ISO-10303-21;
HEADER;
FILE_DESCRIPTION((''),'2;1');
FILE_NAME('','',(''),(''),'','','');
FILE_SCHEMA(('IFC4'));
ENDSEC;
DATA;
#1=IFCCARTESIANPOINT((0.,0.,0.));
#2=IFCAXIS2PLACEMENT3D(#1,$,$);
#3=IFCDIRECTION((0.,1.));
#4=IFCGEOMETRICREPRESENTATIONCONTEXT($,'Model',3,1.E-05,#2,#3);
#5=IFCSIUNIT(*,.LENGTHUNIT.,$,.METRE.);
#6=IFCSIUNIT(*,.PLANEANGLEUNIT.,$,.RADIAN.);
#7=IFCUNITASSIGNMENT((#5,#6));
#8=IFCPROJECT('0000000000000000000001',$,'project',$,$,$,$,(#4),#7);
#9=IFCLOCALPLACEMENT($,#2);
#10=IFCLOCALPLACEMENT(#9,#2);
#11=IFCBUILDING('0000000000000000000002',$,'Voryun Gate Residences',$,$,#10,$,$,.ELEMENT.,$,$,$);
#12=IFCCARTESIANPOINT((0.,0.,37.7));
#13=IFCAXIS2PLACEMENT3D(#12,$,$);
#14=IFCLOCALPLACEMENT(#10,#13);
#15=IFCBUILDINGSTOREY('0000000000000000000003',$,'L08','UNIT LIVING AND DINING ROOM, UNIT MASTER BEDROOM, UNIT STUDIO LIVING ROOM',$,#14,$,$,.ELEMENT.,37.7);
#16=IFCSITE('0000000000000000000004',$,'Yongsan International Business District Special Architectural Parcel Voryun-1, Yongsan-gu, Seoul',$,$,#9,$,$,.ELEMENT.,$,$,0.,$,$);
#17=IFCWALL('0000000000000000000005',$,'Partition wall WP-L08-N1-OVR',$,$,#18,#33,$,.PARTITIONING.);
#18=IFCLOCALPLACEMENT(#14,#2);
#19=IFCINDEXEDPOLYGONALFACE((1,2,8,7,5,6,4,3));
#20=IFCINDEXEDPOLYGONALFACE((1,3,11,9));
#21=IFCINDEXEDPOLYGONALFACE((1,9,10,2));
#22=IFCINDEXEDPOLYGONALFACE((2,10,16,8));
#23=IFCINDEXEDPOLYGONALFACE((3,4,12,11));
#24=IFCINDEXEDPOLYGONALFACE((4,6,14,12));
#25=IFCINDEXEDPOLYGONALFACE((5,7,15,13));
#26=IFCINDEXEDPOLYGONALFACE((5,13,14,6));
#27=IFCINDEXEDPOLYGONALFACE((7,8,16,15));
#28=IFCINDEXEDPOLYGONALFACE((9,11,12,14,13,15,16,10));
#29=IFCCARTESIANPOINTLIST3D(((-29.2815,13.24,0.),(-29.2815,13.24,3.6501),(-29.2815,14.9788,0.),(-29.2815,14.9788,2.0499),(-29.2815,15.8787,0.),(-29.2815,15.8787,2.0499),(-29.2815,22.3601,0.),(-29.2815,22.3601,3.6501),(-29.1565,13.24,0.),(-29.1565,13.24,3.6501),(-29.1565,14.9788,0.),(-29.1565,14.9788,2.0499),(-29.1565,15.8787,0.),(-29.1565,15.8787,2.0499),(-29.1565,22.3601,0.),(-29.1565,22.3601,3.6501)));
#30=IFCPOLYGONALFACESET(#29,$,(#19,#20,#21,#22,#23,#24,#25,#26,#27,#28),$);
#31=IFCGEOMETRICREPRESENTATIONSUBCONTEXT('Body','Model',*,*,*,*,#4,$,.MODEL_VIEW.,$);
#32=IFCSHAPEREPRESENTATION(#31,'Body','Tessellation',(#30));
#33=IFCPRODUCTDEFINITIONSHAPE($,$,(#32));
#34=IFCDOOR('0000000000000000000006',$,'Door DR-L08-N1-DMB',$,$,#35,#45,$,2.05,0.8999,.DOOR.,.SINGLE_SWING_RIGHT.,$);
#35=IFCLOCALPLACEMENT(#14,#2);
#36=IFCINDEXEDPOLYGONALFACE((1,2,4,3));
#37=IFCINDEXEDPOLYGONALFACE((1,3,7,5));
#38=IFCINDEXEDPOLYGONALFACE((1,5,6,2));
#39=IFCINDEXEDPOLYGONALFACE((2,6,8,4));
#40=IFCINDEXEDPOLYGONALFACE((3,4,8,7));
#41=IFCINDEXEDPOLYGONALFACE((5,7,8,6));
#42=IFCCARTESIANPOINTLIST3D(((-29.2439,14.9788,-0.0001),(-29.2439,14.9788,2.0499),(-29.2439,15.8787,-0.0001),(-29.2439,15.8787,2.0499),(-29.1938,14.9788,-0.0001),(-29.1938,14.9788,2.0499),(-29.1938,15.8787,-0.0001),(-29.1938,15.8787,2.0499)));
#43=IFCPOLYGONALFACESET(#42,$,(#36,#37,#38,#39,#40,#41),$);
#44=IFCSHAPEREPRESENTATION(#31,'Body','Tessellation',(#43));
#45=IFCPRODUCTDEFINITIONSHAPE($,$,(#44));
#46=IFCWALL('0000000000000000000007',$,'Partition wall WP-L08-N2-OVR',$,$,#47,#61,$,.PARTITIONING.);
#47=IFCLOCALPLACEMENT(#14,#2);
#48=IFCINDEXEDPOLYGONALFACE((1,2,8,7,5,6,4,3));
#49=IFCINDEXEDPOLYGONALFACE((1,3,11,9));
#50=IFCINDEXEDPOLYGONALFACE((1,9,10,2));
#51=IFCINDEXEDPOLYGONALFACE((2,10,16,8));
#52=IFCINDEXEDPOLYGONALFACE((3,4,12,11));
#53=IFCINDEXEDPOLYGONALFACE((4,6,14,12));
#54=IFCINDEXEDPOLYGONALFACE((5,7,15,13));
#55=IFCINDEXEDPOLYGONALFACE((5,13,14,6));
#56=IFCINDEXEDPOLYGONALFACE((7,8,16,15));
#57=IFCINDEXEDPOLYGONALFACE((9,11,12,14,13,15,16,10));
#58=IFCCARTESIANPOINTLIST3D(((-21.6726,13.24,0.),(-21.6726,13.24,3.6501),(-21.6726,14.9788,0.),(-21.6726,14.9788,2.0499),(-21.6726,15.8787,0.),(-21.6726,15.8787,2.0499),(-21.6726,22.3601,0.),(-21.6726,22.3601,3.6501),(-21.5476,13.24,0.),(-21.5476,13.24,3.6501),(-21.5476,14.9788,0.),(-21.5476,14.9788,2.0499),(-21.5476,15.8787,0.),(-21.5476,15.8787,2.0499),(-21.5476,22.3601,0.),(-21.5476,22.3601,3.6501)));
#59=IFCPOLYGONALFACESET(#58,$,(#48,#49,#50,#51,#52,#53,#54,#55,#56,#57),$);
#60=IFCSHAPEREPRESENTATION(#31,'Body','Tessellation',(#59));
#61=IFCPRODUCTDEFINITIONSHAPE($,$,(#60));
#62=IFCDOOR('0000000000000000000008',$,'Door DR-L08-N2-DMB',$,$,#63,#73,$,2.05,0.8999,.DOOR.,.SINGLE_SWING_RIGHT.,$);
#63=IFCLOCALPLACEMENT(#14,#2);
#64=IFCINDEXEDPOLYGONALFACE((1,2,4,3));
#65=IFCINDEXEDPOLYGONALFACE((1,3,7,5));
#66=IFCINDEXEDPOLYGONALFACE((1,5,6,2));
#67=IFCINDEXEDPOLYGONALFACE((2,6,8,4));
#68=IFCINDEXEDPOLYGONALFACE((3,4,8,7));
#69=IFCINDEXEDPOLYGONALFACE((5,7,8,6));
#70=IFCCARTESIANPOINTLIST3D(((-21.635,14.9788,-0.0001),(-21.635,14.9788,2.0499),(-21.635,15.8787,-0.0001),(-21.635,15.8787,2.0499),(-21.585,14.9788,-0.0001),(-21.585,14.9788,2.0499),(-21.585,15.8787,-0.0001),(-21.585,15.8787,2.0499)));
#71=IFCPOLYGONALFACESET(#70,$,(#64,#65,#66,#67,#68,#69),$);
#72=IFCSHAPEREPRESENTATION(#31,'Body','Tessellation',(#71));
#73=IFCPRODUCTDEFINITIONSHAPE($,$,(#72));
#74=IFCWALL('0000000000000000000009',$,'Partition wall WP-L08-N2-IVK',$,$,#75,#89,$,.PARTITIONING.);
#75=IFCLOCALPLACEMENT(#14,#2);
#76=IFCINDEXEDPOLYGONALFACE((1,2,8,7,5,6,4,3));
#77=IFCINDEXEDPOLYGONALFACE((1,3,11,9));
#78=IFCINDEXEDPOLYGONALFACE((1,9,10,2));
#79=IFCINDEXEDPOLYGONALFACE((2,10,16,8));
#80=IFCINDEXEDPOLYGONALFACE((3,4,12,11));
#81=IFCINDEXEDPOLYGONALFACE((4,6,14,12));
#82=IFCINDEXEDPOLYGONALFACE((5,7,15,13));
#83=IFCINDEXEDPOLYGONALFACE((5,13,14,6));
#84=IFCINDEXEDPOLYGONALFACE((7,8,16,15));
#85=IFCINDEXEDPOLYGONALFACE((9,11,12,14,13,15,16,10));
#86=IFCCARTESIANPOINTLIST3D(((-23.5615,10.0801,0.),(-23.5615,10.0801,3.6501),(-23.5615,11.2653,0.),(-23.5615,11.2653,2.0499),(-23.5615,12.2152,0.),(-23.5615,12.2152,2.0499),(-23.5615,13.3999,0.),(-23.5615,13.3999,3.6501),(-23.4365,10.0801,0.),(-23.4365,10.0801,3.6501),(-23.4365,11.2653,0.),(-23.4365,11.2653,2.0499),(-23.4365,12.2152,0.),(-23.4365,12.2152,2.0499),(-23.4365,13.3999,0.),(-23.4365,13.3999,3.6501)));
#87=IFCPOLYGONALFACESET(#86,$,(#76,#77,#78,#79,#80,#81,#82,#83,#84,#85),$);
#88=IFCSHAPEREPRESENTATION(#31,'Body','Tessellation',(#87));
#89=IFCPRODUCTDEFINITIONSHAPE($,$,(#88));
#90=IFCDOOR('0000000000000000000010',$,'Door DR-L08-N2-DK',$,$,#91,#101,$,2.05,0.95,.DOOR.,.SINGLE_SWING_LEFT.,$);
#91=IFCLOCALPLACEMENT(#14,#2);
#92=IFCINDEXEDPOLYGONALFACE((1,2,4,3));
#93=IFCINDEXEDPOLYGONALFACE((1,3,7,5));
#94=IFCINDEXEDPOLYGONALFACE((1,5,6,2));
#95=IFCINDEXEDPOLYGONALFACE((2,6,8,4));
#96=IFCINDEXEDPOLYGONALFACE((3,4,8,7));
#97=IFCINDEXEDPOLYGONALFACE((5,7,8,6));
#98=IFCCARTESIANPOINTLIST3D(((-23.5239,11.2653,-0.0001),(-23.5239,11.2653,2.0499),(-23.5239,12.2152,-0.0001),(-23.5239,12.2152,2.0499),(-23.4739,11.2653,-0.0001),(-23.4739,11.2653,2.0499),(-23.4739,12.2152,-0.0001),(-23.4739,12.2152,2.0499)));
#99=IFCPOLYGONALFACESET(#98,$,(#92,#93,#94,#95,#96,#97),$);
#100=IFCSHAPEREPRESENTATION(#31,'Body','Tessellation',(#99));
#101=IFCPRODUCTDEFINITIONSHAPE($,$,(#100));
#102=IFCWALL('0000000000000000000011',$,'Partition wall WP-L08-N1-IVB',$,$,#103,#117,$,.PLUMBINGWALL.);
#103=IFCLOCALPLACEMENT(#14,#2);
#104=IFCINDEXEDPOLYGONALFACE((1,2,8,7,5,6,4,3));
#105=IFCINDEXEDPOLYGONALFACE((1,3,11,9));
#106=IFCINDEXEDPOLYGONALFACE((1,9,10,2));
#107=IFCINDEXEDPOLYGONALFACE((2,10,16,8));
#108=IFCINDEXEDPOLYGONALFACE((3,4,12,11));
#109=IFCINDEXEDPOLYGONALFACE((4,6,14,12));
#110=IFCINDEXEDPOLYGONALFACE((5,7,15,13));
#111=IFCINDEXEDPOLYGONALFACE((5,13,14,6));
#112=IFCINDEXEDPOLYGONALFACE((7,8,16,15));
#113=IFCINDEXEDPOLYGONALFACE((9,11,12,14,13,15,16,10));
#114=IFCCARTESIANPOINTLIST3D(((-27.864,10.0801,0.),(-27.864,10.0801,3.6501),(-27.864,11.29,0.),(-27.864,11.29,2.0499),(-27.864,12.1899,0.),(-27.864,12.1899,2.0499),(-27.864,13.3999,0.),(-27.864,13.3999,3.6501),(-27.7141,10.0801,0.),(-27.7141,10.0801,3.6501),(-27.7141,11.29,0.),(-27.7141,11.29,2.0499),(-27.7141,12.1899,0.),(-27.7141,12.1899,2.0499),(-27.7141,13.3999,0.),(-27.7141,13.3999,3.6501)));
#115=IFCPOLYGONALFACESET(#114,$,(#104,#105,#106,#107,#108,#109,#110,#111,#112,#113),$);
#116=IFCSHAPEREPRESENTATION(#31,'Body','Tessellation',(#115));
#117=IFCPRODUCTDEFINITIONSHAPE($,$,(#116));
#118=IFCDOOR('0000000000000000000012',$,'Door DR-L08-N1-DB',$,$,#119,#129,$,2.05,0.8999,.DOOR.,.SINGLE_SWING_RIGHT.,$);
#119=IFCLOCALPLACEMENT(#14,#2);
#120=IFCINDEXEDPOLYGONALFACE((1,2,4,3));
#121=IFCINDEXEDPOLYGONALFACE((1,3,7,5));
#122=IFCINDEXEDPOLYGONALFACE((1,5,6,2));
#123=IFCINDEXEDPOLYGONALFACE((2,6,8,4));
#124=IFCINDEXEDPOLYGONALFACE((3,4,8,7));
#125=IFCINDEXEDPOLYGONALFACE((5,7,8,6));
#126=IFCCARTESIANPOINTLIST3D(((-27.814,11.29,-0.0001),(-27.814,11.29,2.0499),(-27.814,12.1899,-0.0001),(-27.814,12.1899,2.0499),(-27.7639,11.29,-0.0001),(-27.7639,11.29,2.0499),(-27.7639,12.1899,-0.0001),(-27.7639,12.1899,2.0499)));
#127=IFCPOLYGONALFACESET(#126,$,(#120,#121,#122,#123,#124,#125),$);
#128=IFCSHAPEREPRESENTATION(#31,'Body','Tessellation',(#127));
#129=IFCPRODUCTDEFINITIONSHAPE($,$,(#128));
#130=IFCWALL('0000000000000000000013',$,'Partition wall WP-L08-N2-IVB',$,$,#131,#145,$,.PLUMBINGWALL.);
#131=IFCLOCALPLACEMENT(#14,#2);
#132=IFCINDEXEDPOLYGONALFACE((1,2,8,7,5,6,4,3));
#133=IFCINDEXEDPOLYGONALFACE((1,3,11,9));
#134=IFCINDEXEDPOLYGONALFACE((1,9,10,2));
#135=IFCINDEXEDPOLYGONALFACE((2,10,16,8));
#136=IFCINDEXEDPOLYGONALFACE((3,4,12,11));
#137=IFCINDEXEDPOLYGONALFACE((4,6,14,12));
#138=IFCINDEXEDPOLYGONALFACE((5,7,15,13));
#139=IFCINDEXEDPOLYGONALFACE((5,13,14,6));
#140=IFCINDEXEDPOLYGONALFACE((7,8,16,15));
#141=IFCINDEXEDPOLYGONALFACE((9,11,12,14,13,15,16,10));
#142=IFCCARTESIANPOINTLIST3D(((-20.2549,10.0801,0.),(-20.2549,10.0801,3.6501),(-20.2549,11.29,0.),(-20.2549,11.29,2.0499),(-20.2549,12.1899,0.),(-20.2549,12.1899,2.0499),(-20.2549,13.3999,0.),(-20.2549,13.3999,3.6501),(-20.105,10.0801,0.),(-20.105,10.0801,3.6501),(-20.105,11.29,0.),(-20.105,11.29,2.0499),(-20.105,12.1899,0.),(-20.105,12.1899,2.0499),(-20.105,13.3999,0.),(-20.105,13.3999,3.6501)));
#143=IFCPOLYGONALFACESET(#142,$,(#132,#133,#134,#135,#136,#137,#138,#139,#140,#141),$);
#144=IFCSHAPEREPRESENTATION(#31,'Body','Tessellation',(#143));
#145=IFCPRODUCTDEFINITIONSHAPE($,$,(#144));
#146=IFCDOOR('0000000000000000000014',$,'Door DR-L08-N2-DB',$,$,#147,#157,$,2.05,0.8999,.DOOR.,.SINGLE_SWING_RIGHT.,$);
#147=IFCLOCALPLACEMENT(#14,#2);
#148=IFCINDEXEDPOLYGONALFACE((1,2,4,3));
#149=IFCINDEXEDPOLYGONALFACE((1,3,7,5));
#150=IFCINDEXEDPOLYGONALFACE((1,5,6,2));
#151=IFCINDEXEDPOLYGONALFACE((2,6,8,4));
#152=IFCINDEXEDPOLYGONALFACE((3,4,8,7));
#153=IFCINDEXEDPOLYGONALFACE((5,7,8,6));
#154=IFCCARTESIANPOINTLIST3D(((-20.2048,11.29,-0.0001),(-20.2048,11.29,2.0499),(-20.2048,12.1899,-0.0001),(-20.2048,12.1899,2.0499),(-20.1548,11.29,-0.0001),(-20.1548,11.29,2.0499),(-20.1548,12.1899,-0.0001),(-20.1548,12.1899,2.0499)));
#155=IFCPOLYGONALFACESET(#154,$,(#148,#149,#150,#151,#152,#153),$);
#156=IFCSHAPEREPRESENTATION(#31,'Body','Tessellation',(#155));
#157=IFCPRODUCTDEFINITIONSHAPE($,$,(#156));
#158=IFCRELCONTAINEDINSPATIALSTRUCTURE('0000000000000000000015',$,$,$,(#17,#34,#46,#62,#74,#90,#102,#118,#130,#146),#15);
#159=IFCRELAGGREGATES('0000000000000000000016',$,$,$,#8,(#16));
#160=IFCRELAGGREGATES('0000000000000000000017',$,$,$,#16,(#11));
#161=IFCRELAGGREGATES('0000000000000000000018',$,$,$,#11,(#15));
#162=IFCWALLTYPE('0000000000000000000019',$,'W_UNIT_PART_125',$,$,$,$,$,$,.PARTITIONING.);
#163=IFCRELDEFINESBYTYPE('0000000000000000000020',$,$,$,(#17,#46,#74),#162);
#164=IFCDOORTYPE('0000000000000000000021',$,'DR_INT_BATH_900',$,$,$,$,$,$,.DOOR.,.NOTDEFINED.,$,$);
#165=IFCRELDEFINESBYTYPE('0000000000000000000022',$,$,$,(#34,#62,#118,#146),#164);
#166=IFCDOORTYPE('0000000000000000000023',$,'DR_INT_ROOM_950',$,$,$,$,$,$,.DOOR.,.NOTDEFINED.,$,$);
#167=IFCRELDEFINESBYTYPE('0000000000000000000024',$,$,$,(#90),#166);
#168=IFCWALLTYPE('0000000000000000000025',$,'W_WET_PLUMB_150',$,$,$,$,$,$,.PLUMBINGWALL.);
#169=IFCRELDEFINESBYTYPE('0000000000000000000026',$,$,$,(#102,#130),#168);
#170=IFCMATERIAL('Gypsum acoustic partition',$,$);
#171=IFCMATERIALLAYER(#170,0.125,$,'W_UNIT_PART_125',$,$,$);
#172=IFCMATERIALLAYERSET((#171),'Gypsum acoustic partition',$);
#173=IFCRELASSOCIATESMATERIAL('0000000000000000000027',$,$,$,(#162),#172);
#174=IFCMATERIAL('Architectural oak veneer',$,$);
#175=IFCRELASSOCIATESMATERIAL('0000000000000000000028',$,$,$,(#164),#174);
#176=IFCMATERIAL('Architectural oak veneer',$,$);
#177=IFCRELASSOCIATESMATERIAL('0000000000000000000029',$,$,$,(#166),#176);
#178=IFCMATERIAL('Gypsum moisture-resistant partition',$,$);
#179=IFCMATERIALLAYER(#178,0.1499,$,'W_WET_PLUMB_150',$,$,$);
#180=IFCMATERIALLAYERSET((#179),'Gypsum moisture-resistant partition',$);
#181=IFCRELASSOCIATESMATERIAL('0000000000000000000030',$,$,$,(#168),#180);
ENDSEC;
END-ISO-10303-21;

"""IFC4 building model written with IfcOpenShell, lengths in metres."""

from ifc_helpers import new_model, si_unit, direction, frame, frame_2d, origin, place, context, subcontext, project, spatial, rectangle, extrude, material, layer, layer_set, type_object, element, fill, save


model = new_model("IFC4")

# Units and contexts
model_context = context("Model", 3, precision=1e-05, world=origin(), true_north=direction((0.0, 1.0)))
body_context = subcontext(model_context, "Body", "Model", "MODEL_VIEW")
ifc_project = project(units=[si_unit("LENGTHUNIT", "METRE"), si_unit("PLANEANGLEUNIT", "RADIAN")], contexts=[model_context])

# Site, building, storey
site_placement = place(None, origin())
site = spatial("IfcSite", under=ifc_project, at=site_placement, Name="Yongsan International Business District Special Architectural Parcel Voryun-1, Yongsan-gu, Seoul", CompositionType="ELEMENT", RefElevation=0.0)
building_placement = place(site_placement, origin())
building = spatial("IfcBuilding", under=site, at=building_placement, Name="Voryun Gate Residences", CompositionType="ELEMENT")
storey_placement = place(building_placement, frame((0.0, 0.0, 37.7)))
storey = spatial("IfcBuildingStorey", under=building, at=storey_placement, Name="L08", Description="UNIT LIVING AND DINING ROOM, UNIT MASTER BEDROOM, UNIT STUDIO LIVING ROOM", CompositionType="ELEMENT", Elevation=37.7)

# Walls, openings, doors
ifc_material_1 = material(Name="Gypsum acoustic partition")
ifc_layer_1 = layer(ifc_material_1, 0.125, Name="W_UNIT_PART_125")
ifc_layer_set_1 = layer_set([ifc_layer_1], Name="Gypsum acoustic partition")
wall_type_1 = type_object("IfcWallType", Name="W_UNIT_PART_125", PredefinedType="PARTITIONING", material=ifc_layer_set_1)
wall_1_placement = place(storey_placement, frame((-29.219, 13.24, 0.0), z_axis=(0.0, 0.0, 1.0), x_axis=(0.0, 1.0, 0.0)))
wall_1 = element("IfcWall", 1, at=wall_1_placement, inside=storey, type_object=wall_type_1, Name="Partition wall WP-L08-N1-OVR", PredefinedType="PARTITIONING", context=body_context, shape_type="SweptSolid", body=[
    extrude(rectangle(XDim=9.1201, YDim=0.125, at=frame_2d((4.5601, 0.0))), origin(), (0.0, 0.0, 1.0), 3.6501),
])
opening_1_placement = place(wall_1_placement, frame((1.7388, 0.0, 0.0)))
opening_1 = element("IfcOpeningElement", 2, at=opening_1_placement, cuts=wall_1, PredefinedType="OPENING", context=body_context, shape_type="SweptSolid", body=[
    extrude(rectangle(XDim=0.8999, YDim=2.05, at=frame_2d((0.45, 1.0249))), frame((0.0, 0.0725, 0.0), z_axis=(0.0, -1.0, 0.0), x_axis=(1.0, 0.0, 0.0)), (0.0, 0.0, 1.0), 0.145),
])
ifc_material_2 = material(Name="Architectural oak veneer")
door_type_1 = type_object("IfcDoorType", Name="DR_INT_BATH_900", OperationType="NOTDEFINED", PredefinedType="DOOR", material=ifc_material_2)
door_1_placement = place(opening_1_placement, origin())
door_1 = element("IfcDoor", 3, at=door_1_placement, inside=storey, type_object=door_type_1, Name="Door DR-L08-N1-DMB", OperationType="SINGLE_SWING_RIGHT", OverallHeight=2.05, OverallWidth=0.8999, PredefinedType="DOOR", context=body_context, shape_type="SweptSolid", body=[
    extrude(rectangle(XDim=0.8999, YDim=2.05, at=frame_2d((0.45, 1.0249))), frame((0.0, 0.0249, 0.0), z_axis=(0.0, -1.0, 0.0), x_axis=(1.0, 0.0, 0.0)), (0.0, 0.0, 1.0), 0.05),
])
fill(opening_1, door_1)
wall_2_placement = place(storey_placement, frame((-21.6101, 13.24, 0.0), z_axis=(0.0, 0.0, 1.0), x_axis=(0.0, 1.0, 0.0)))
wall_2 = element("IfcWall", 4, at=wall_2_placement, inside=storey, type_object=wall_type_1, Name="Partition wall WP-L08-N2-OVR", PredefinedType="PARTITIONING", context=body_context, shape_type="SweptSolid", body=[
    extrude(rectangle(XDim=9.1201, YDim=0.125, at=frame_2d((4.5601, 0.0))), origin(), (0.0, 0.0, 1.0), 3.6501),
])
opening_2_placement = place(wall_2_placement, frame((1.7388, 0.0, 0.0)))
opening_2 = element("IfcOpeningElement", 5, at=opening_2_placement, cuts=wall_2, PredefinedType="OPENING", context=body_context, shape_type="SweptSolid", body=[
    extrude(rectangle(XDim=0.8999, YDim=2.05, at=frame_2d((0.45, 1.0249))), frame((0.0, 0.0725, 0.0), z_axis=(0.0, -1.0, 0.0), x_axis=(1.0, 0.0, 0.0)), (0.0, 0.0, 1.0), 0.145),
])
door_2_placement = place(opening_2_placement, origin())
door_2 = element("IfcDoor", 6, at=door_2_placement, inside=storey, type_object=door_type_1, Name="Door DR-L08-N2-DMB", OperationType="SINGLE_SWING_RIGHT", OverallHeight=2.05, OverallWidth=0.8999, PredefinedType="DOOR", context=body_context, shape_type="SweptSolid", body=[
    extrude(rectangle(XDim=0.8999, YDim=2.05, at=frame_2d((0.45, 1.0249))), frame((0.0, 0.0249, 0.0), z_axis=(0.0, -1.0, 0.0), x_axis=(1.0, 0.0, 0.0)), (0.0, 0.0, 1.0), 0.05),
])
fill(opening_2, door_2)
wall_3_placement = place(storey_placement, frame((-23.499, 10.0801, 0.0), z_axis=(0.0, 0.0, 1.0), x_axis=(0.0, 1.0, 0.0)))
wall_3 = element("IfcWall", 7, at=wall_3_placement, inside=storey, type_object=wall_type_1, Name="Partition wall WP-L08-N2-IVK", PredefinedType="PARTITIONING", context=body_context, shape_type="SweptSolid", body=[
    extrude(rectangle(XDim=3.3198, YDim=0.125, at=frame_2d((1.6599, 0.0))), origin(), (0.0, 0.0, 1.0), 3.6501),
])
opening_3_placement = place(wall_3_placement, frame((1.1851, 0.0, 0.0)))
opening_3 = element("IfcOpeningElement", 8, at=opening_3_placement, cuts=wall_3, PredefinedType="OPENING", context=body_context, shape_type="SweptSolid", body=[
    extrude(rectangle(XDim=0.95, YDim=2.05, at=frame_2d((0.4751, 1.0249))), frame((0.0, 0.0725, 0.0), z_axis=(0.0, -1.0, 0.0), x_axis=(1.0, 0.0, 0.0)), (0.0, 0.0, 1.0), 0.145),
])
ifc_material_3 = material(Name="Architectural oak veneer")
door_type_2 = type_object("IfcDoorType", Name="DR_INT_ROOM_950", OperationType="NOTDEFINED", PredefinedType="DOOR", material=ifc_material_3)
door_3_placement = place(opening_3_placement, origin())
door_3 = element("IfcDoor", 9, at=door_3_placement, inside=storey, type_object=door_type_2, Name="Door DR-L08-N2-DK", OperationType="SINGLE_SWING_LEFT", OverallHeight=2.05, OverallWidth=0.95, PredefinedType="DOOR", context=body_context, shape_type="SweptSolid", body=[
    extrude(rectangle(XDim=0.95, YDim=2.05, at=frame_2d((0.4751, 1.0249))), frame((0.0, 0.0249, 0.0), z_axis=(0.0, -1.0, 0.0), x_axis=(1.0, 0.0, 0.0)), (0.0, 0.0, 1.0), 0.05),
])
fill(opening_3, door_3)
ifc_material_4 = material(Name="Gypsum moisture-resistant partition")
ifc_layer_2 = layer(ifc_material_4, 0.1499, Name="W_WET_PLUMB_150")
ifc_layer_set_2 = layer_set([ifc_layer_2], Name="Gypsum moisture-resistant partition")
wall_type_2 = type_object("IfcWallType", Name="W_WET_PLUMB_150", PredefinedType="PLUMBINGWALL", material=ifc_layer_set_2)
wall_4_placement = place(storey_placement, frame((-27.7891, 10.0801, 0.0), z_axis=(0.0, 0.0, 1.0), x_axis=(0.0, 1.0, 0.0)))
wall_4 = element("IfcWall", 10, at=wall_4_placement, inside=storey, type_object=wall_type_2, Name="Partition wall WP-L08-N1-IVB", PredefinedType="PLUMBINGWALL", context=body_context, shape_type="SweptSolid", body=[
    extrude(rectangle(XDim=3.3198, YDim=0.1499, at=frame_2d((1.6599, 0.0))), origin(), (0.0, 0.0, 1.0), 3.6501),
])
opening_4_placement = place(wall_4_placement, frame((1.21, 0.0, 0.0)))
opening_4 = element("IfcOpeningElement", 11, at=opening_4_placement, cuts=wall_4, PredefinedType="OPENING", context=body_context, shape_type="SweptSolid", body=[
    extrude(rectangle(XDim=0.8999, YDim=2.05, at=frame_2d((0.45, 1.0249))), frame((0.0, 0.085, 0.0), z_axis=(0.0, -1.0, 0.0), x_axis=(1.0, 0.0, 0.0)), (0.0, 0.0, 1.0), 0.1699),
])
door_4_placement = place(opening_4_placement, origin())
door_4 = element("IfcDoor", 12, at=door_4_placement, inside=storey, type_object=door_type_1, Name="Door DR-L08-N1-DB", OperationType="SINGLE_SWING_RIGHT", OverallHeight=2.05, OverallWidth=0.8999, PredefinedType="DOOR", context=body_context, shape_type="SweptSolid", body=[
    extrude(rectangle(XDim=0.8999, YDim=2.05, at=frame_2d((0.45, 1.0249))), frame((0.0, 0.0249, 0.0), z_axis=(0.0, -1.0, 0.0), x_axis=(1.0, 0.0, 0.0)), (0.0, 0.0, 1.0), 0.05),
])
fill(opening_4, door_4)
wall_5_placement = place(storey_placement, frame((-20.1799, 10.0801, 0.0), z_axis=(0.0, 0.0, 1.0), x_axis=(0.0, 1.0, 0.0)))
wall_5 = element("IfcWall", 13, at=wall_5_placement, inside=storey, type_object=wall_type_2, Name="Partition wall WP-L08-N2-IVB", PredefinedType="PLUMBINGWALL", context=body_context, shape_type="SweptSolid", body=[
    extrude(rectangle(XDim=3.3198, YDim=0.1499, at=frame_2d((1.6599, 0.0))), origin(), (0.0, 0.0, 1.0), 3.6501),
])
opening_5_placement = place(wall_5_placement, frame((1.21, 0.0, 0.0)))
opening_5 = element("IfcOpeningElement", 14, at=opening_5_placement, cuts=wall_5, PredefinedType="OPENING", context=body_context, shape_type="SweptSolid", body=[
    extrude(rectangle(XDim=0.8999, YDim=2.05, at=frame_2d((0.45, 1.0249))), frame((0.0, 0.085, 0.0), z_axis=(0.0, -1.0, 0.0), x_axis=(1.0, 0.0, 0.0)), (0.0, 0.0, 1.0), 0.1699),
])
door_5_placement = place(opening_5_placement, origin())
door_5 = element("IfcDoor", 15, at=door_5_placement, inside=storey, type_object=door_type_1, Name="Door DR-L08-N2-DB", OperationType="SINGLE_SWING_RIGHT", OverallHeight=2.05, OverallWidth=0.8999, PredefinedType="DOOR", context=body_context, shape_type="SweptSolid", body=[
    extrude(rectangle(XDim=0.8999, YDim=2.05, at=frame_2d((0.45, 1.0249))), frame((0.0, 0.0249, 0.0), z_axis=(0.0, -1.0, 0.0), x_axis=(1.0, 0.0, 0.0)), (0.0, 0.0, 1.0), 0.05),
])
fill(opening_5, door_5)

save(model, "model.ifc")
